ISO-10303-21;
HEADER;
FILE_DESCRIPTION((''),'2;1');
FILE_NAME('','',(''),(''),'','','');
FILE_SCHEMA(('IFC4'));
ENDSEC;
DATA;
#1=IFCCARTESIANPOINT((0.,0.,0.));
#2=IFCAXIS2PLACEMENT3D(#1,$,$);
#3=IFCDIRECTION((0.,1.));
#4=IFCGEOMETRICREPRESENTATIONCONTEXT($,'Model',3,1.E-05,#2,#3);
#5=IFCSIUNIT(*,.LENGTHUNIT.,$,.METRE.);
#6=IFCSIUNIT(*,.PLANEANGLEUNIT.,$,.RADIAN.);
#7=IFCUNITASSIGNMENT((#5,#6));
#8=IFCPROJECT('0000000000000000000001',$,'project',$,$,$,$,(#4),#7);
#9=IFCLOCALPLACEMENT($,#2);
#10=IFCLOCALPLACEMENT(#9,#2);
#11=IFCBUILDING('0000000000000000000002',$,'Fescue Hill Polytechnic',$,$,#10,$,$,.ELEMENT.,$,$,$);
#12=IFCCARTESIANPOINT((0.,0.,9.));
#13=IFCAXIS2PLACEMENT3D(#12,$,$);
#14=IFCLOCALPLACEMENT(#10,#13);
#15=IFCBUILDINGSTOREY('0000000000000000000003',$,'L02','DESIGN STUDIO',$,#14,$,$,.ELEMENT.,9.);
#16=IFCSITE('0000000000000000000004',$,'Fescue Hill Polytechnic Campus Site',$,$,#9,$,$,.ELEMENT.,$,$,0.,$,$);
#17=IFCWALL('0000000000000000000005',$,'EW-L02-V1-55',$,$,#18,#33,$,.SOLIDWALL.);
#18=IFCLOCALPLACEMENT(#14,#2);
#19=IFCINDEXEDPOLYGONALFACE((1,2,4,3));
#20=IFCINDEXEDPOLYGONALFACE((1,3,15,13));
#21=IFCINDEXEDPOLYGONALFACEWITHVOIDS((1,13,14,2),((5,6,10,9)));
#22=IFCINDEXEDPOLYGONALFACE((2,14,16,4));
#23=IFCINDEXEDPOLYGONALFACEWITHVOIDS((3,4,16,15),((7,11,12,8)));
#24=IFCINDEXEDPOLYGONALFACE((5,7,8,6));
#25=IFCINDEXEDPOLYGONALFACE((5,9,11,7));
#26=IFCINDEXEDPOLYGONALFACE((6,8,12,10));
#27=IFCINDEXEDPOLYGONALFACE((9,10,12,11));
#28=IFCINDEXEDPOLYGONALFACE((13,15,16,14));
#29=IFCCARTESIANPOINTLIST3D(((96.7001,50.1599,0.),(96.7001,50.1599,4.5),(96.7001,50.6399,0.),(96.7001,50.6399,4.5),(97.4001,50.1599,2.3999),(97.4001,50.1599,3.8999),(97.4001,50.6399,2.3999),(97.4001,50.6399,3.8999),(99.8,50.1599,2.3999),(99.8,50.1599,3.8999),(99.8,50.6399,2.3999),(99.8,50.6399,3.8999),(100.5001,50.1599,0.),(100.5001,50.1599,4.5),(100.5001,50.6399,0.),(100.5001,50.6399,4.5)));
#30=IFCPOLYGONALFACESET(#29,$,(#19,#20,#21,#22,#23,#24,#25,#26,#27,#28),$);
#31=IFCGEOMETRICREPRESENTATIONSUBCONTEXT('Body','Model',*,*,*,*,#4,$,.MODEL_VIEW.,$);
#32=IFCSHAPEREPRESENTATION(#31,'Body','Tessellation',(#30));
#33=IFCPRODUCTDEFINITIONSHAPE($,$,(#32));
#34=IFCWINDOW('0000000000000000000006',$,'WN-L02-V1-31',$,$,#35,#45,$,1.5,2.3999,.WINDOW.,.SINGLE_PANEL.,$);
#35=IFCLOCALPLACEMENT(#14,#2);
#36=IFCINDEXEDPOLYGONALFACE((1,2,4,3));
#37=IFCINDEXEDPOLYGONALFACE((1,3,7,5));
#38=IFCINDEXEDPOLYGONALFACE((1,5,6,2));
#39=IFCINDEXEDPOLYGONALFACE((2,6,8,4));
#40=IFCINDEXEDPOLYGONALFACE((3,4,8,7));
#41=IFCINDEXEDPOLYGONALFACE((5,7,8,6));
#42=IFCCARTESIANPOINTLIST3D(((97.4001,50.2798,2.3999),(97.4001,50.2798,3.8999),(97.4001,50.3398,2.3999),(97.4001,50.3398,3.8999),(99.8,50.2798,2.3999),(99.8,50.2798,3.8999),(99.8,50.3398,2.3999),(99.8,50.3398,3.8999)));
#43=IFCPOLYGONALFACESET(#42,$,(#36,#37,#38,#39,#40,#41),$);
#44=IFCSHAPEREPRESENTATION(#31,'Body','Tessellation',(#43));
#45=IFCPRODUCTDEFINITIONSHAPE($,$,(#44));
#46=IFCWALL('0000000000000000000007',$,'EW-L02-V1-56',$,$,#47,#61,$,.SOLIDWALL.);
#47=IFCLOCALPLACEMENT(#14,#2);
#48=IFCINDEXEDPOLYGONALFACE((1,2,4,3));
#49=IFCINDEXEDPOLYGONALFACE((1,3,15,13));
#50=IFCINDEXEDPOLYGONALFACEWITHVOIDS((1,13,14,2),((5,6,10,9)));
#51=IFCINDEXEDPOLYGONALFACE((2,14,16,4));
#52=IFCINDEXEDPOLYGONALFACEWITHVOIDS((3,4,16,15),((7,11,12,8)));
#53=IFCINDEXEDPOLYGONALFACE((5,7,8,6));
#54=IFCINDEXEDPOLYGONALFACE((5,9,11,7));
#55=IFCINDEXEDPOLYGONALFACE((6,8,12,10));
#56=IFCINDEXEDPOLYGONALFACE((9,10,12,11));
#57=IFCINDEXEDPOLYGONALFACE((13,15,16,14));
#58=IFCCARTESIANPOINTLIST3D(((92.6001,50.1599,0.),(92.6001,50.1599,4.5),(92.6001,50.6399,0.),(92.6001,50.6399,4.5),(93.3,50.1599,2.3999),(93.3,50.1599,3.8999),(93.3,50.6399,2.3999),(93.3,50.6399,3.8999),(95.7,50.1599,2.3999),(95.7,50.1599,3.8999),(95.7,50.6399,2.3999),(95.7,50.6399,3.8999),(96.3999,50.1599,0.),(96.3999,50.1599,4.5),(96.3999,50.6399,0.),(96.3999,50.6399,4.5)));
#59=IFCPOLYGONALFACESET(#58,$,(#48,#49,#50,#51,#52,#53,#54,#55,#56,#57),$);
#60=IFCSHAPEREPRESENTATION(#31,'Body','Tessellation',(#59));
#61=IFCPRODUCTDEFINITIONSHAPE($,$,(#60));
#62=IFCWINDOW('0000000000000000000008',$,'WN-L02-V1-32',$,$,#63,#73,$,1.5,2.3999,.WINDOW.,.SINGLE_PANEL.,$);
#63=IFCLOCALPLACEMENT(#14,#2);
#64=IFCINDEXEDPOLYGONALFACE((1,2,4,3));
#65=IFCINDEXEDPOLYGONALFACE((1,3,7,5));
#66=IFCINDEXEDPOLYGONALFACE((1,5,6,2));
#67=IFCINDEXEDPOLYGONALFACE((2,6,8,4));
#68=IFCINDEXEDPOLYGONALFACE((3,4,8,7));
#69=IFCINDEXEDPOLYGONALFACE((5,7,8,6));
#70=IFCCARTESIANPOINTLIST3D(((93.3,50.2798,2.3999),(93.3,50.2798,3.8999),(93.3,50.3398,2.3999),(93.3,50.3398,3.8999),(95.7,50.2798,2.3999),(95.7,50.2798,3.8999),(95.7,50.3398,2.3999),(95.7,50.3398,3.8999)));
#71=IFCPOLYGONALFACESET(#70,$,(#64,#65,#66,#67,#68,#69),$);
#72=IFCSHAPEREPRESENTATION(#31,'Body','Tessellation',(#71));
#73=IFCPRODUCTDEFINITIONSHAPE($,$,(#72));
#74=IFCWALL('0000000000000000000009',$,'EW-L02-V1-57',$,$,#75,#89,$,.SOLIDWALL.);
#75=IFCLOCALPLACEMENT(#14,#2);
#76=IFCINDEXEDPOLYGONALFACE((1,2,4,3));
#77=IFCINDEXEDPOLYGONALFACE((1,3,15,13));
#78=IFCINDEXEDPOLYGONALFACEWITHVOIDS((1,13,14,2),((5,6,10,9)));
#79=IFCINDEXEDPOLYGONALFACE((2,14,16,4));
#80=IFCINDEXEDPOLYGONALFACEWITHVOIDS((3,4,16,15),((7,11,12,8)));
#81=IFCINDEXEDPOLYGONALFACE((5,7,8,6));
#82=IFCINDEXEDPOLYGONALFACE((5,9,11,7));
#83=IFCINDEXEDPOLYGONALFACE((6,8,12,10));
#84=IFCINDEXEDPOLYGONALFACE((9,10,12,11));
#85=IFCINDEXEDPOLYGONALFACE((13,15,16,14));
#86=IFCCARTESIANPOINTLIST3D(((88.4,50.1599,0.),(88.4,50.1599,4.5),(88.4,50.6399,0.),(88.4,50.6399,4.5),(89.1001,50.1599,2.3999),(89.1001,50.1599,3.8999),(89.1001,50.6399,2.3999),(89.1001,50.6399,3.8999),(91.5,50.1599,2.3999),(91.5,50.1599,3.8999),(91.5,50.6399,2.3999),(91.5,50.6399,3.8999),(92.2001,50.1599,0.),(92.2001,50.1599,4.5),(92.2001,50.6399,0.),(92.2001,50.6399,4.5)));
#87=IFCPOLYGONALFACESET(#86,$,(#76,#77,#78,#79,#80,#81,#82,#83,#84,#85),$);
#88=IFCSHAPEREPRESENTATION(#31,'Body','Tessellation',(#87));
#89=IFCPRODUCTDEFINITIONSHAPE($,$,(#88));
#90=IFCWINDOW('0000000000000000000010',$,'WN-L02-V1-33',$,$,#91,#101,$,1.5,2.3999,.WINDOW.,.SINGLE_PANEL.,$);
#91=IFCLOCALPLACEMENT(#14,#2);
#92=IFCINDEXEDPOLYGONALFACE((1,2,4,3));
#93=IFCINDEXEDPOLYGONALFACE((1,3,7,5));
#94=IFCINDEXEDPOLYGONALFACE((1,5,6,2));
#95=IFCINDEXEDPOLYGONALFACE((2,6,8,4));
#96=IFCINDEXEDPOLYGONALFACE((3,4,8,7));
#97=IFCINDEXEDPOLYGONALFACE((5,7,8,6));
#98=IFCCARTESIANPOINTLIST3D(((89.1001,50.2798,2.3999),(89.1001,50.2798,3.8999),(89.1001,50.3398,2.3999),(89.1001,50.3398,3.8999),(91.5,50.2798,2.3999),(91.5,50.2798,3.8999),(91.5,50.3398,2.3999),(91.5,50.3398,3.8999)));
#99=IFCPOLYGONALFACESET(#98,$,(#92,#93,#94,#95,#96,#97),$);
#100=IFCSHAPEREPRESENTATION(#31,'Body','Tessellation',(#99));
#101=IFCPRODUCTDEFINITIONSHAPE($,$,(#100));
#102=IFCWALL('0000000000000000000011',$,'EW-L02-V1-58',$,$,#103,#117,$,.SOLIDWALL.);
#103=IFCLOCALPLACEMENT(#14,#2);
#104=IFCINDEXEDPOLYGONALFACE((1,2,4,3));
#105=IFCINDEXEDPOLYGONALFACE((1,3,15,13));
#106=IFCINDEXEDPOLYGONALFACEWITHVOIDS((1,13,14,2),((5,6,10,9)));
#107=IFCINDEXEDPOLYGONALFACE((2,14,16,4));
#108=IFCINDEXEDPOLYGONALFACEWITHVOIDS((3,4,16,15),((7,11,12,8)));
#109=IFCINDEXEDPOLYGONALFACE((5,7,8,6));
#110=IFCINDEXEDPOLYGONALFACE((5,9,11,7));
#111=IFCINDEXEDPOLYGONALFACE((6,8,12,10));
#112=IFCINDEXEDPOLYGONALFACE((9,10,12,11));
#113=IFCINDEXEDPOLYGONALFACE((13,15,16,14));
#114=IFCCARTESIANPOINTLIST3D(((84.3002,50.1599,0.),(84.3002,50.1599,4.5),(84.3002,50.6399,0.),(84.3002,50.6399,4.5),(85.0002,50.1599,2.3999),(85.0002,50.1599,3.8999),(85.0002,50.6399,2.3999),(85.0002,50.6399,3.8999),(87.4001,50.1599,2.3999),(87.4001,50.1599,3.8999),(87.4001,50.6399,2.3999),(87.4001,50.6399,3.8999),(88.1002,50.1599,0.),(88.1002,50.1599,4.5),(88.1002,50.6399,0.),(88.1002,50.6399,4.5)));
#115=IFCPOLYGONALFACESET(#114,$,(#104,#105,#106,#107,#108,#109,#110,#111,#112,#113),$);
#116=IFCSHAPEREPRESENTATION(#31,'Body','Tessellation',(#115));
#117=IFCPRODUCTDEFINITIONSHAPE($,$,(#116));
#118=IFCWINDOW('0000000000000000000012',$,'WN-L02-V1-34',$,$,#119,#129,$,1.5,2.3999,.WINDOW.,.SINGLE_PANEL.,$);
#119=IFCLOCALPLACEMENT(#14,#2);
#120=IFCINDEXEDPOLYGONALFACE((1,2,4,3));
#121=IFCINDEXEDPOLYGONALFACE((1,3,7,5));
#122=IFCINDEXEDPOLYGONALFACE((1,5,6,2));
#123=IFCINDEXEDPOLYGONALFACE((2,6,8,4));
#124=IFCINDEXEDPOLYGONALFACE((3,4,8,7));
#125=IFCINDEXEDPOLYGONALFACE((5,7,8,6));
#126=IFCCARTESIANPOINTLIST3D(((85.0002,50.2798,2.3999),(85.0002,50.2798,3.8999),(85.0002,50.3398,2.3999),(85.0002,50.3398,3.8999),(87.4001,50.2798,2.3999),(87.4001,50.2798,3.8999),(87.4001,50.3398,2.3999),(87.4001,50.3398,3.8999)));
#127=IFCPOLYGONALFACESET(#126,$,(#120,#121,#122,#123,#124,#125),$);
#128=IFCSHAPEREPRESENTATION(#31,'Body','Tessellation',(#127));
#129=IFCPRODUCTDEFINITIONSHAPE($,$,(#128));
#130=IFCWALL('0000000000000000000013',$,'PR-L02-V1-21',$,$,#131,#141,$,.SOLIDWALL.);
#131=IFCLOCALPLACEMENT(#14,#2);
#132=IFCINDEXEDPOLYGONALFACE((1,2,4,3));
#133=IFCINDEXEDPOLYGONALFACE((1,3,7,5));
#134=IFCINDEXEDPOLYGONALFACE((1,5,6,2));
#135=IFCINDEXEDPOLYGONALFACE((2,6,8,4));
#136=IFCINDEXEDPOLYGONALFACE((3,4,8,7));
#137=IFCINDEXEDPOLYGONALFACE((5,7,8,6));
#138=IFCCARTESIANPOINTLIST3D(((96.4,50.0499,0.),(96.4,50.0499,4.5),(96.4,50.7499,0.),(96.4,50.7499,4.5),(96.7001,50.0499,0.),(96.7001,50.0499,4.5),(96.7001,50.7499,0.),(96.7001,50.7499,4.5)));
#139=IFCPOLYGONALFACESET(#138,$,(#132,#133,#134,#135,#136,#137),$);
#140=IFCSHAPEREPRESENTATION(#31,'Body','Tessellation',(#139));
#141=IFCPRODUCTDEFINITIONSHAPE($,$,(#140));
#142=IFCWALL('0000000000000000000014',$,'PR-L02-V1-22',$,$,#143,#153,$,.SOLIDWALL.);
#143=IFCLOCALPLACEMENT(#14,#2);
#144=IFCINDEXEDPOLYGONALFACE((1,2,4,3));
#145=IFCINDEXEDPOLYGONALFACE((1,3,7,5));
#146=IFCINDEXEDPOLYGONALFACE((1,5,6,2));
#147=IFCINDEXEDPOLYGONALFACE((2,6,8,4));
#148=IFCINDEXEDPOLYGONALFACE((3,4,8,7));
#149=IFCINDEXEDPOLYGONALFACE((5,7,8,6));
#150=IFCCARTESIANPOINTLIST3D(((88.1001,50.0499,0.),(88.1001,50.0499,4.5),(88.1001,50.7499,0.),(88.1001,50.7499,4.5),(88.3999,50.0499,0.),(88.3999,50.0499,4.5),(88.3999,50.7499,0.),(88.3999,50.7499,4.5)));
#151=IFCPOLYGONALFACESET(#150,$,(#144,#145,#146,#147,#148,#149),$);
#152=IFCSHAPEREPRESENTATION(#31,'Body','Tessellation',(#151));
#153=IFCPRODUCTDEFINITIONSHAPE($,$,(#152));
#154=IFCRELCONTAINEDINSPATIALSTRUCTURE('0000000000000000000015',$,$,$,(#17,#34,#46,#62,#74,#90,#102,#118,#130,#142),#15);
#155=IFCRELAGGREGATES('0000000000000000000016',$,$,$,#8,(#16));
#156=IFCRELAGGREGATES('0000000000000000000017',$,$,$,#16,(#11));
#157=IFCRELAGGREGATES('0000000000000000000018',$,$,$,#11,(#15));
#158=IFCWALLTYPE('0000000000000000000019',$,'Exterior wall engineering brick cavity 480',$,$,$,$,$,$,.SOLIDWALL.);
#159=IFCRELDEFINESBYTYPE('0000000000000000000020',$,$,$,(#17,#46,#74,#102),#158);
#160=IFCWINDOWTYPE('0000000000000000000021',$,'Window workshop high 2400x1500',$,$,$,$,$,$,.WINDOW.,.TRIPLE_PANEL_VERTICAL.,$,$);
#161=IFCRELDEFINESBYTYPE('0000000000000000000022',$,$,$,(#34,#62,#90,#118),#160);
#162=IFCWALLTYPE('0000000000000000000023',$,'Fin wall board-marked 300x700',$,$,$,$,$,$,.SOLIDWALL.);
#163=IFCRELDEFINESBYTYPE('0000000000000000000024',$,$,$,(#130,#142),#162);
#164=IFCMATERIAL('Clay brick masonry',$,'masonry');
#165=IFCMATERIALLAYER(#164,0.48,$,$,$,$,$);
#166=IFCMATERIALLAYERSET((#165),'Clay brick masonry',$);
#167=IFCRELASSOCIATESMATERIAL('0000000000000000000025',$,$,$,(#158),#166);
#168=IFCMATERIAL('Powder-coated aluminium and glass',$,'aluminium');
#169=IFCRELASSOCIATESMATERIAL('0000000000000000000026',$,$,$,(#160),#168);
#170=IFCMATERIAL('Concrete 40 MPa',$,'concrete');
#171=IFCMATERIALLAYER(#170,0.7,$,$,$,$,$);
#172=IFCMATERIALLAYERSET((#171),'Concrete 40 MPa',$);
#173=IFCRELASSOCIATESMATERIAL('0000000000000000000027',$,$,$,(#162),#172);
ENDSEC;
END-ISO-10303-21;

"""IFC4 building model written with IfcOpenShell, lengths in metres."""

from ifc_helpers import new_model, si_unit, direction, frame, frame_2d, origin, place, context, subcontext, project, spatial, rectangle, extrude, material, layer, layer_set, type_object, element, fill, save


model = new_model("IFC4")

# Units and contexts
model_context = context("Model", 3, precision=1e-05, world=origin(), true_north=direction((0.0, 1.0)))
body_context = subcontext(model_context, "Body", "Model", "MODEL_VIEW")
ifc_project = project(units=[si_unit("LENGTHUNIT", "METRE"), si_unit("PLANEANGLEUNIT", "RADIAN")], contexts=[model_context])

# Site, building, storey
site_placement = place(None, origin())
site = spatial("IfcSite", under=ifc_project, at=site_placement, Name="Fescue Hill Polytechnic Campus Site", CompositionType="ELEMENT", RefElevation=0.0)
building_placement = place(site_placement, origin())
building = spatial("IfcBuilding", under=site, at=building_placement, Name="Fescue Hill Polytechnic", CompositionType="ELEMENT")
storey_placement = place(building_placement, frame((0.0, 0.0, 9.0)))
storey = spatial("IfcBuildingStorey", under=building, at=storey_placement, Name="L02", Description="DESIGN STUDIO", CompositionType="ELEMENT", Elevation=9.0)

# Shared definitions
ifc_material_1 = material(Name="Concrete 40 MPa", Category="concrete")

# Walls, openings, windows
ifc_material_2 = material(Name="Clay brick masonry", Category="masonry")
ifc_layer_1 = layer(ifc_material_2, 0.48)
ifc_layer_set_1 = layer_set([ifc_layer_1], Name="Clay brick masonry")
wall_type_1 = type_object("IfcWallType", Name="Exterior wall engineering brick cavity 480", PredefinedType="SOLIDWALL", material=ifc_layer_set_1)
wall_1_placement = place(storey_placement, frame((100.5, 50.3999, 0.0), z_axis=(0.0, 0.0, 1.0), x_axis=(-1.0, 0.0, 0.0)))
wall_1 = element("IfcWall", 1, at=wall_1_placement, inside=storey, type_object=wall_type_1, Name="EW-L02-V1-55", PredefinedType="SOLIDWALL", context=body_context, shape_type="SweptSolid", body=[
    extrude(rectangle(XDim=3.8, YDim=0.48, at=frame_2d((1.8999, 0.0))), origin(), (0.0, 0.0, 1.0), 4.5),
])
opening_1_placement = place(wall_1_placement, frame((0.7, 0.0, 2.3999)))
opening_1 = element("IfcOpeningElement", 2, at=opening_1_placement, cuts=wall_1, PredefinedType="OPENING", context=body_context, shape_type="SweptSolid", body=[
    extrude(rectangle(XDim=2.3999, YDim=1.5, at=frame_2d((1.2, 0.75))), frame((0.0, 0.25, 0.0), z_axis=(0.0, -1.0, 0.0), x_axis=(1.0, 0.0, 0.0)), (0.0, 0.0, 1.0), 0.5),
])
ifc_material_3 = material(Name="Powder-coated aluminium and glass", Category="aluminium")
window_type = type_object("IfcWindowType", Name="Window workshop high 2400x1500", PartitioningType="TRIPLE_PANEL_VERTICAL", PredefinedType="WINDOW", material=ifc_material_3)
window_1_placement = place(opening_1_placement, origin())
window_1 = element("IfcWindow", 3, at=window_1_placement, inside=storey, type_object=window_type, Name="WN-L02-V1-31", OverallHeight=1.5, OverallWidth=2.3999, PartitioningType="SINGLE_PANEL", PredefinedType="WINDOW", context=body_context, shape_type="SweptSolid", body=[
    extrude(rectangle(XDim=2.3999, YDim=1.5, at=frame_2d((1.2, 0.75))), frame((0.0, 0.1201, 0.0), z_axis=(0.0, -1.0, 0.0), x_axis=(1.0, 0.0, 0.0)), (0.0, 0.0, 1.0), 0.0601),
])
fill(opening_1, window_1)
wall_2_placement = place(storey_placement, frame((96.3999, 50.3999, 0.0), z_axis=(0.0, 0.0, 1.0), x_axis=(-1.0, 0.0, 0.0)))
wall_2 = element("IfcWall", 4, at=wall_2_placement, inside=storey, type_object=wall_type_1, Name="EW-L02-V1-56", PredefinedType="SOLIDWALL", context=body_context, shape_type="SweptSolid", body=[
    extrude(rectangle(XDim=3.7998, YDim=0.48, at=frame_2d((1.8999, 0.0))), origin(), (0.0, 0.0, 1.0), 4.5),
])
opening_2_placement = place(wall_2_placement, frame((0.7, 0.0, 2.3999)))
opening_2 = element("IfcOpeningElement", 5, at=opening_2_placement, cuts=wall_2, PredefinedType="OPENING", context=body_context, shape_type="SweptSolid", body=[
    extrude(rectangle(XDim=2.3999, YDim=1.5, at=frame_2d((1.2, 0.75))), frame((0.0, 0.25, 0.0), z_axis=(0.0, -1.0, 0.0), x_axis=(1.0, 0.0, 0.0)), (0.0, 0.0, 1.0), 0.5),
])
window_2_placement = place(opening_2_placement, origin())
window_2 = element("IfcWindow", 6, at=window_2_placement, inside=storey, type_object=window_type, Name="WN-L02-V1-32", OverallHeight=1.5, OverallWidth=2.3999, PartitioningType="SINGLE_PANEL", PredefinedType="WINDOW", context=body_context, shape_type="SweptSolid", body=[
    extrude(rectangle(XDim=2.3999, YDim=1.5, at=frame_2d((1.2, 0.75))), frame((0.0, 0.1201, 0.0), z_axis=(0.0, -1.0, 0.0), x_axis=(1.0, 0.0, 0.0)), (0.0, 0.0, 1.0), 0.0601),
])
fill(opening_2, window_2)
wall_3_placement = place(storey_placement, frame((92.2, 50.3999, 0.0), z_axis=(0.0, 0.0, 1.0), x_axis=(-1.0, 0.0, 0.0)))
wall_3 = element("IfcWall", 7, at=wall_3_placement, inside=storey, type_object=wall_type_1, Name="EW-L02-V1-57", PredefinedType="SOLIDWALL", context=body_context, shape_type="SweptSolid", body=[
    extrude(rectangle(XDim=3.8, YDim=0.48, at=frame_2d((1.8999, 0.0))), origin(), (0.0, 0.0, 1.0), 4.5),
])
opening_3_placement = place(wall_3_placement, frame((0.7, 0.0, 2.3999)))
opening_3 = element("IfcOpeningElement", 8, at=opening_3_placement, cuts=wall_3, PredefinedType="OPENING", context=body_context, shape_type="SweptSolid", body=[
    extrude(rectangle(XDim=2.3999, YDim=1.5, at=frame_2d((1.2, 0.75))), frame((0.0, 0.25, 0.0), z_axis=(0.0, -1.0, 0.0), x_axis=(1.0, 0.0, 0.0)), (0.0, 0.0, 1.0), 0.5),
])
window_3_placement = place(opening_3_placement, origin())
window_3 = element("IfcWindow", 9, at=window_3_placement, inside=storey, type_object=window_type, Name="WN-L02-V1-33", OverallHeight=1.5, OverallWidth=2.3999, PartitioningType="SINGLE_PANEL", PredefinedType="WINDOW", context=body_context, shape_type="SweptSolid", body=[
    extrude(rectangle(XDim=2.3999, YDim=1.5, at=frame_2d((1.2, 0.75))), frame((0.0, 0.1201, 0.0), z_axis=(0.0, -1.0, 0.0), x_axis=(1.0, 0.0, 0.0)), (0.0, 0.0, 1.0), 0.0601),
])
fill(opening_3, window_3)
wall_4_placement = place(storey_placement, frame((88.1001, 50.3999, 0.0), z_axis=(0.0, 0.0, 1.0), x_axis=(-1.0, 0.0, 0.0)))
wall_4 = element("IfcWall", 10, at=wall_4_placement, inside=storey, type_object=wall_type_1, Name="EW-L02-V1-58", PredefinedType="SOLIDWALL", context=body_context, shape_type="SweptSolid", body=[
    extrude(rectangle(XDim=3.8, YDim=0.48, at=frame_2d((1.8999, 0.0))), origin(), (0.0, 0.0, 1.0), 4.5),
])
opening_4_placement = place(wall_4_placement, frame((0.7, 0.0, 2.3999)))
opening_4 = element("IfcOpeningElement", 11, at=opening_4_placement, cuts=wall_4, PredefinedType="OPENING", context=body_context, shape_type="SweptSolid", body=[
    extrude(rectangle(XDim=2.3999, YDim=1.5, at=frame_2d((1.2, 0.75))), frame((0.0, 0.25, 0.0), z_axis=(0.0, -1.0, 0.0), x_axis=(1.0, 0.0, 0.0)), (0.0, 0.0, 1.0), 0.5),
])
window_4_placement = place(opening_4_placement, origin())
window_4 = element("IfcWindow", 12, at=window_4_placement, inside=storey, type_object=window_type, Name="WN-L02-V1-34", OverallHeight=1.5, OverallWidth=2.3999, PartitioningType="SINGLE_PANEL", PredefinedType="WINDOW", context=body_context, shape_type="SweptSolid", body=[
    extrude(rectangle(XDim=2.3999, YDim=1.5, at=frame_2d((1.2, 0.75))), frame((0.0, 0.1201, 0.0), z_axis=(0.0, -1.0, 0.0), x_axis=(1.0, 0.0, 0.0)), (0.0, 0.0, 1.0), 0.0601),
])
fill(opening_4, window_4)

# Walls
ifc_layer_2 = layer(ifc_material_1, 0.7)
ifc_layer_set_2 = layer_set([ifc_layer_2], Name="Concrete 40 MPa")
wall_type_2 = type_object("IfcWallType", Name="Fin wall board-marked 300x700", PredefinedType="SOLIDWALL", material=ifc_layer_set_2)
wall_5_placement = place(storey_placement, frame((96.7, 50.3999, 0.0), z_axis=(0.0, 0.0, 1.0), x_axis=(-1.0, 0.0, 0.0)))
element("IfcWall", 13, at=wall_5_placement, inside=storey, type_object=wall_type_2, Name="PR-L02-V1-21", PredefinedType="SOLIDWALL", context=body_context, shape_type="SweptSolid", body=[
    extrude(rectangle(XDim=0.3, YDim=0.7, at=frame_2d((0.1499, 0.0))), origin(), (0.0, 0.0, 1.0), 4.5),
])
wall_6_placement = place(storey_placement, frame((88.3999, 50.3999, 0.0), z_axis=(0.0, 0.0, 1.0), x_axis=(-1.0, 0.0, 0.0)))
element("IfcWall", 14, at=wall_6_placement, inside=storey, type_object=wall_type_2, Name="PR-L02-V1-22", PredefinedType="SOLIDWALL", context=body_context, shape_type="SweptSolid", body=[
    extrude(rectangle(XDim=0.2998, YDim=0.7, at=frame_2d((0.1499, 0.0))), origin(), (0.0, 0.0, 1.0), 4.5),
])

save(model, "model.ifc")
